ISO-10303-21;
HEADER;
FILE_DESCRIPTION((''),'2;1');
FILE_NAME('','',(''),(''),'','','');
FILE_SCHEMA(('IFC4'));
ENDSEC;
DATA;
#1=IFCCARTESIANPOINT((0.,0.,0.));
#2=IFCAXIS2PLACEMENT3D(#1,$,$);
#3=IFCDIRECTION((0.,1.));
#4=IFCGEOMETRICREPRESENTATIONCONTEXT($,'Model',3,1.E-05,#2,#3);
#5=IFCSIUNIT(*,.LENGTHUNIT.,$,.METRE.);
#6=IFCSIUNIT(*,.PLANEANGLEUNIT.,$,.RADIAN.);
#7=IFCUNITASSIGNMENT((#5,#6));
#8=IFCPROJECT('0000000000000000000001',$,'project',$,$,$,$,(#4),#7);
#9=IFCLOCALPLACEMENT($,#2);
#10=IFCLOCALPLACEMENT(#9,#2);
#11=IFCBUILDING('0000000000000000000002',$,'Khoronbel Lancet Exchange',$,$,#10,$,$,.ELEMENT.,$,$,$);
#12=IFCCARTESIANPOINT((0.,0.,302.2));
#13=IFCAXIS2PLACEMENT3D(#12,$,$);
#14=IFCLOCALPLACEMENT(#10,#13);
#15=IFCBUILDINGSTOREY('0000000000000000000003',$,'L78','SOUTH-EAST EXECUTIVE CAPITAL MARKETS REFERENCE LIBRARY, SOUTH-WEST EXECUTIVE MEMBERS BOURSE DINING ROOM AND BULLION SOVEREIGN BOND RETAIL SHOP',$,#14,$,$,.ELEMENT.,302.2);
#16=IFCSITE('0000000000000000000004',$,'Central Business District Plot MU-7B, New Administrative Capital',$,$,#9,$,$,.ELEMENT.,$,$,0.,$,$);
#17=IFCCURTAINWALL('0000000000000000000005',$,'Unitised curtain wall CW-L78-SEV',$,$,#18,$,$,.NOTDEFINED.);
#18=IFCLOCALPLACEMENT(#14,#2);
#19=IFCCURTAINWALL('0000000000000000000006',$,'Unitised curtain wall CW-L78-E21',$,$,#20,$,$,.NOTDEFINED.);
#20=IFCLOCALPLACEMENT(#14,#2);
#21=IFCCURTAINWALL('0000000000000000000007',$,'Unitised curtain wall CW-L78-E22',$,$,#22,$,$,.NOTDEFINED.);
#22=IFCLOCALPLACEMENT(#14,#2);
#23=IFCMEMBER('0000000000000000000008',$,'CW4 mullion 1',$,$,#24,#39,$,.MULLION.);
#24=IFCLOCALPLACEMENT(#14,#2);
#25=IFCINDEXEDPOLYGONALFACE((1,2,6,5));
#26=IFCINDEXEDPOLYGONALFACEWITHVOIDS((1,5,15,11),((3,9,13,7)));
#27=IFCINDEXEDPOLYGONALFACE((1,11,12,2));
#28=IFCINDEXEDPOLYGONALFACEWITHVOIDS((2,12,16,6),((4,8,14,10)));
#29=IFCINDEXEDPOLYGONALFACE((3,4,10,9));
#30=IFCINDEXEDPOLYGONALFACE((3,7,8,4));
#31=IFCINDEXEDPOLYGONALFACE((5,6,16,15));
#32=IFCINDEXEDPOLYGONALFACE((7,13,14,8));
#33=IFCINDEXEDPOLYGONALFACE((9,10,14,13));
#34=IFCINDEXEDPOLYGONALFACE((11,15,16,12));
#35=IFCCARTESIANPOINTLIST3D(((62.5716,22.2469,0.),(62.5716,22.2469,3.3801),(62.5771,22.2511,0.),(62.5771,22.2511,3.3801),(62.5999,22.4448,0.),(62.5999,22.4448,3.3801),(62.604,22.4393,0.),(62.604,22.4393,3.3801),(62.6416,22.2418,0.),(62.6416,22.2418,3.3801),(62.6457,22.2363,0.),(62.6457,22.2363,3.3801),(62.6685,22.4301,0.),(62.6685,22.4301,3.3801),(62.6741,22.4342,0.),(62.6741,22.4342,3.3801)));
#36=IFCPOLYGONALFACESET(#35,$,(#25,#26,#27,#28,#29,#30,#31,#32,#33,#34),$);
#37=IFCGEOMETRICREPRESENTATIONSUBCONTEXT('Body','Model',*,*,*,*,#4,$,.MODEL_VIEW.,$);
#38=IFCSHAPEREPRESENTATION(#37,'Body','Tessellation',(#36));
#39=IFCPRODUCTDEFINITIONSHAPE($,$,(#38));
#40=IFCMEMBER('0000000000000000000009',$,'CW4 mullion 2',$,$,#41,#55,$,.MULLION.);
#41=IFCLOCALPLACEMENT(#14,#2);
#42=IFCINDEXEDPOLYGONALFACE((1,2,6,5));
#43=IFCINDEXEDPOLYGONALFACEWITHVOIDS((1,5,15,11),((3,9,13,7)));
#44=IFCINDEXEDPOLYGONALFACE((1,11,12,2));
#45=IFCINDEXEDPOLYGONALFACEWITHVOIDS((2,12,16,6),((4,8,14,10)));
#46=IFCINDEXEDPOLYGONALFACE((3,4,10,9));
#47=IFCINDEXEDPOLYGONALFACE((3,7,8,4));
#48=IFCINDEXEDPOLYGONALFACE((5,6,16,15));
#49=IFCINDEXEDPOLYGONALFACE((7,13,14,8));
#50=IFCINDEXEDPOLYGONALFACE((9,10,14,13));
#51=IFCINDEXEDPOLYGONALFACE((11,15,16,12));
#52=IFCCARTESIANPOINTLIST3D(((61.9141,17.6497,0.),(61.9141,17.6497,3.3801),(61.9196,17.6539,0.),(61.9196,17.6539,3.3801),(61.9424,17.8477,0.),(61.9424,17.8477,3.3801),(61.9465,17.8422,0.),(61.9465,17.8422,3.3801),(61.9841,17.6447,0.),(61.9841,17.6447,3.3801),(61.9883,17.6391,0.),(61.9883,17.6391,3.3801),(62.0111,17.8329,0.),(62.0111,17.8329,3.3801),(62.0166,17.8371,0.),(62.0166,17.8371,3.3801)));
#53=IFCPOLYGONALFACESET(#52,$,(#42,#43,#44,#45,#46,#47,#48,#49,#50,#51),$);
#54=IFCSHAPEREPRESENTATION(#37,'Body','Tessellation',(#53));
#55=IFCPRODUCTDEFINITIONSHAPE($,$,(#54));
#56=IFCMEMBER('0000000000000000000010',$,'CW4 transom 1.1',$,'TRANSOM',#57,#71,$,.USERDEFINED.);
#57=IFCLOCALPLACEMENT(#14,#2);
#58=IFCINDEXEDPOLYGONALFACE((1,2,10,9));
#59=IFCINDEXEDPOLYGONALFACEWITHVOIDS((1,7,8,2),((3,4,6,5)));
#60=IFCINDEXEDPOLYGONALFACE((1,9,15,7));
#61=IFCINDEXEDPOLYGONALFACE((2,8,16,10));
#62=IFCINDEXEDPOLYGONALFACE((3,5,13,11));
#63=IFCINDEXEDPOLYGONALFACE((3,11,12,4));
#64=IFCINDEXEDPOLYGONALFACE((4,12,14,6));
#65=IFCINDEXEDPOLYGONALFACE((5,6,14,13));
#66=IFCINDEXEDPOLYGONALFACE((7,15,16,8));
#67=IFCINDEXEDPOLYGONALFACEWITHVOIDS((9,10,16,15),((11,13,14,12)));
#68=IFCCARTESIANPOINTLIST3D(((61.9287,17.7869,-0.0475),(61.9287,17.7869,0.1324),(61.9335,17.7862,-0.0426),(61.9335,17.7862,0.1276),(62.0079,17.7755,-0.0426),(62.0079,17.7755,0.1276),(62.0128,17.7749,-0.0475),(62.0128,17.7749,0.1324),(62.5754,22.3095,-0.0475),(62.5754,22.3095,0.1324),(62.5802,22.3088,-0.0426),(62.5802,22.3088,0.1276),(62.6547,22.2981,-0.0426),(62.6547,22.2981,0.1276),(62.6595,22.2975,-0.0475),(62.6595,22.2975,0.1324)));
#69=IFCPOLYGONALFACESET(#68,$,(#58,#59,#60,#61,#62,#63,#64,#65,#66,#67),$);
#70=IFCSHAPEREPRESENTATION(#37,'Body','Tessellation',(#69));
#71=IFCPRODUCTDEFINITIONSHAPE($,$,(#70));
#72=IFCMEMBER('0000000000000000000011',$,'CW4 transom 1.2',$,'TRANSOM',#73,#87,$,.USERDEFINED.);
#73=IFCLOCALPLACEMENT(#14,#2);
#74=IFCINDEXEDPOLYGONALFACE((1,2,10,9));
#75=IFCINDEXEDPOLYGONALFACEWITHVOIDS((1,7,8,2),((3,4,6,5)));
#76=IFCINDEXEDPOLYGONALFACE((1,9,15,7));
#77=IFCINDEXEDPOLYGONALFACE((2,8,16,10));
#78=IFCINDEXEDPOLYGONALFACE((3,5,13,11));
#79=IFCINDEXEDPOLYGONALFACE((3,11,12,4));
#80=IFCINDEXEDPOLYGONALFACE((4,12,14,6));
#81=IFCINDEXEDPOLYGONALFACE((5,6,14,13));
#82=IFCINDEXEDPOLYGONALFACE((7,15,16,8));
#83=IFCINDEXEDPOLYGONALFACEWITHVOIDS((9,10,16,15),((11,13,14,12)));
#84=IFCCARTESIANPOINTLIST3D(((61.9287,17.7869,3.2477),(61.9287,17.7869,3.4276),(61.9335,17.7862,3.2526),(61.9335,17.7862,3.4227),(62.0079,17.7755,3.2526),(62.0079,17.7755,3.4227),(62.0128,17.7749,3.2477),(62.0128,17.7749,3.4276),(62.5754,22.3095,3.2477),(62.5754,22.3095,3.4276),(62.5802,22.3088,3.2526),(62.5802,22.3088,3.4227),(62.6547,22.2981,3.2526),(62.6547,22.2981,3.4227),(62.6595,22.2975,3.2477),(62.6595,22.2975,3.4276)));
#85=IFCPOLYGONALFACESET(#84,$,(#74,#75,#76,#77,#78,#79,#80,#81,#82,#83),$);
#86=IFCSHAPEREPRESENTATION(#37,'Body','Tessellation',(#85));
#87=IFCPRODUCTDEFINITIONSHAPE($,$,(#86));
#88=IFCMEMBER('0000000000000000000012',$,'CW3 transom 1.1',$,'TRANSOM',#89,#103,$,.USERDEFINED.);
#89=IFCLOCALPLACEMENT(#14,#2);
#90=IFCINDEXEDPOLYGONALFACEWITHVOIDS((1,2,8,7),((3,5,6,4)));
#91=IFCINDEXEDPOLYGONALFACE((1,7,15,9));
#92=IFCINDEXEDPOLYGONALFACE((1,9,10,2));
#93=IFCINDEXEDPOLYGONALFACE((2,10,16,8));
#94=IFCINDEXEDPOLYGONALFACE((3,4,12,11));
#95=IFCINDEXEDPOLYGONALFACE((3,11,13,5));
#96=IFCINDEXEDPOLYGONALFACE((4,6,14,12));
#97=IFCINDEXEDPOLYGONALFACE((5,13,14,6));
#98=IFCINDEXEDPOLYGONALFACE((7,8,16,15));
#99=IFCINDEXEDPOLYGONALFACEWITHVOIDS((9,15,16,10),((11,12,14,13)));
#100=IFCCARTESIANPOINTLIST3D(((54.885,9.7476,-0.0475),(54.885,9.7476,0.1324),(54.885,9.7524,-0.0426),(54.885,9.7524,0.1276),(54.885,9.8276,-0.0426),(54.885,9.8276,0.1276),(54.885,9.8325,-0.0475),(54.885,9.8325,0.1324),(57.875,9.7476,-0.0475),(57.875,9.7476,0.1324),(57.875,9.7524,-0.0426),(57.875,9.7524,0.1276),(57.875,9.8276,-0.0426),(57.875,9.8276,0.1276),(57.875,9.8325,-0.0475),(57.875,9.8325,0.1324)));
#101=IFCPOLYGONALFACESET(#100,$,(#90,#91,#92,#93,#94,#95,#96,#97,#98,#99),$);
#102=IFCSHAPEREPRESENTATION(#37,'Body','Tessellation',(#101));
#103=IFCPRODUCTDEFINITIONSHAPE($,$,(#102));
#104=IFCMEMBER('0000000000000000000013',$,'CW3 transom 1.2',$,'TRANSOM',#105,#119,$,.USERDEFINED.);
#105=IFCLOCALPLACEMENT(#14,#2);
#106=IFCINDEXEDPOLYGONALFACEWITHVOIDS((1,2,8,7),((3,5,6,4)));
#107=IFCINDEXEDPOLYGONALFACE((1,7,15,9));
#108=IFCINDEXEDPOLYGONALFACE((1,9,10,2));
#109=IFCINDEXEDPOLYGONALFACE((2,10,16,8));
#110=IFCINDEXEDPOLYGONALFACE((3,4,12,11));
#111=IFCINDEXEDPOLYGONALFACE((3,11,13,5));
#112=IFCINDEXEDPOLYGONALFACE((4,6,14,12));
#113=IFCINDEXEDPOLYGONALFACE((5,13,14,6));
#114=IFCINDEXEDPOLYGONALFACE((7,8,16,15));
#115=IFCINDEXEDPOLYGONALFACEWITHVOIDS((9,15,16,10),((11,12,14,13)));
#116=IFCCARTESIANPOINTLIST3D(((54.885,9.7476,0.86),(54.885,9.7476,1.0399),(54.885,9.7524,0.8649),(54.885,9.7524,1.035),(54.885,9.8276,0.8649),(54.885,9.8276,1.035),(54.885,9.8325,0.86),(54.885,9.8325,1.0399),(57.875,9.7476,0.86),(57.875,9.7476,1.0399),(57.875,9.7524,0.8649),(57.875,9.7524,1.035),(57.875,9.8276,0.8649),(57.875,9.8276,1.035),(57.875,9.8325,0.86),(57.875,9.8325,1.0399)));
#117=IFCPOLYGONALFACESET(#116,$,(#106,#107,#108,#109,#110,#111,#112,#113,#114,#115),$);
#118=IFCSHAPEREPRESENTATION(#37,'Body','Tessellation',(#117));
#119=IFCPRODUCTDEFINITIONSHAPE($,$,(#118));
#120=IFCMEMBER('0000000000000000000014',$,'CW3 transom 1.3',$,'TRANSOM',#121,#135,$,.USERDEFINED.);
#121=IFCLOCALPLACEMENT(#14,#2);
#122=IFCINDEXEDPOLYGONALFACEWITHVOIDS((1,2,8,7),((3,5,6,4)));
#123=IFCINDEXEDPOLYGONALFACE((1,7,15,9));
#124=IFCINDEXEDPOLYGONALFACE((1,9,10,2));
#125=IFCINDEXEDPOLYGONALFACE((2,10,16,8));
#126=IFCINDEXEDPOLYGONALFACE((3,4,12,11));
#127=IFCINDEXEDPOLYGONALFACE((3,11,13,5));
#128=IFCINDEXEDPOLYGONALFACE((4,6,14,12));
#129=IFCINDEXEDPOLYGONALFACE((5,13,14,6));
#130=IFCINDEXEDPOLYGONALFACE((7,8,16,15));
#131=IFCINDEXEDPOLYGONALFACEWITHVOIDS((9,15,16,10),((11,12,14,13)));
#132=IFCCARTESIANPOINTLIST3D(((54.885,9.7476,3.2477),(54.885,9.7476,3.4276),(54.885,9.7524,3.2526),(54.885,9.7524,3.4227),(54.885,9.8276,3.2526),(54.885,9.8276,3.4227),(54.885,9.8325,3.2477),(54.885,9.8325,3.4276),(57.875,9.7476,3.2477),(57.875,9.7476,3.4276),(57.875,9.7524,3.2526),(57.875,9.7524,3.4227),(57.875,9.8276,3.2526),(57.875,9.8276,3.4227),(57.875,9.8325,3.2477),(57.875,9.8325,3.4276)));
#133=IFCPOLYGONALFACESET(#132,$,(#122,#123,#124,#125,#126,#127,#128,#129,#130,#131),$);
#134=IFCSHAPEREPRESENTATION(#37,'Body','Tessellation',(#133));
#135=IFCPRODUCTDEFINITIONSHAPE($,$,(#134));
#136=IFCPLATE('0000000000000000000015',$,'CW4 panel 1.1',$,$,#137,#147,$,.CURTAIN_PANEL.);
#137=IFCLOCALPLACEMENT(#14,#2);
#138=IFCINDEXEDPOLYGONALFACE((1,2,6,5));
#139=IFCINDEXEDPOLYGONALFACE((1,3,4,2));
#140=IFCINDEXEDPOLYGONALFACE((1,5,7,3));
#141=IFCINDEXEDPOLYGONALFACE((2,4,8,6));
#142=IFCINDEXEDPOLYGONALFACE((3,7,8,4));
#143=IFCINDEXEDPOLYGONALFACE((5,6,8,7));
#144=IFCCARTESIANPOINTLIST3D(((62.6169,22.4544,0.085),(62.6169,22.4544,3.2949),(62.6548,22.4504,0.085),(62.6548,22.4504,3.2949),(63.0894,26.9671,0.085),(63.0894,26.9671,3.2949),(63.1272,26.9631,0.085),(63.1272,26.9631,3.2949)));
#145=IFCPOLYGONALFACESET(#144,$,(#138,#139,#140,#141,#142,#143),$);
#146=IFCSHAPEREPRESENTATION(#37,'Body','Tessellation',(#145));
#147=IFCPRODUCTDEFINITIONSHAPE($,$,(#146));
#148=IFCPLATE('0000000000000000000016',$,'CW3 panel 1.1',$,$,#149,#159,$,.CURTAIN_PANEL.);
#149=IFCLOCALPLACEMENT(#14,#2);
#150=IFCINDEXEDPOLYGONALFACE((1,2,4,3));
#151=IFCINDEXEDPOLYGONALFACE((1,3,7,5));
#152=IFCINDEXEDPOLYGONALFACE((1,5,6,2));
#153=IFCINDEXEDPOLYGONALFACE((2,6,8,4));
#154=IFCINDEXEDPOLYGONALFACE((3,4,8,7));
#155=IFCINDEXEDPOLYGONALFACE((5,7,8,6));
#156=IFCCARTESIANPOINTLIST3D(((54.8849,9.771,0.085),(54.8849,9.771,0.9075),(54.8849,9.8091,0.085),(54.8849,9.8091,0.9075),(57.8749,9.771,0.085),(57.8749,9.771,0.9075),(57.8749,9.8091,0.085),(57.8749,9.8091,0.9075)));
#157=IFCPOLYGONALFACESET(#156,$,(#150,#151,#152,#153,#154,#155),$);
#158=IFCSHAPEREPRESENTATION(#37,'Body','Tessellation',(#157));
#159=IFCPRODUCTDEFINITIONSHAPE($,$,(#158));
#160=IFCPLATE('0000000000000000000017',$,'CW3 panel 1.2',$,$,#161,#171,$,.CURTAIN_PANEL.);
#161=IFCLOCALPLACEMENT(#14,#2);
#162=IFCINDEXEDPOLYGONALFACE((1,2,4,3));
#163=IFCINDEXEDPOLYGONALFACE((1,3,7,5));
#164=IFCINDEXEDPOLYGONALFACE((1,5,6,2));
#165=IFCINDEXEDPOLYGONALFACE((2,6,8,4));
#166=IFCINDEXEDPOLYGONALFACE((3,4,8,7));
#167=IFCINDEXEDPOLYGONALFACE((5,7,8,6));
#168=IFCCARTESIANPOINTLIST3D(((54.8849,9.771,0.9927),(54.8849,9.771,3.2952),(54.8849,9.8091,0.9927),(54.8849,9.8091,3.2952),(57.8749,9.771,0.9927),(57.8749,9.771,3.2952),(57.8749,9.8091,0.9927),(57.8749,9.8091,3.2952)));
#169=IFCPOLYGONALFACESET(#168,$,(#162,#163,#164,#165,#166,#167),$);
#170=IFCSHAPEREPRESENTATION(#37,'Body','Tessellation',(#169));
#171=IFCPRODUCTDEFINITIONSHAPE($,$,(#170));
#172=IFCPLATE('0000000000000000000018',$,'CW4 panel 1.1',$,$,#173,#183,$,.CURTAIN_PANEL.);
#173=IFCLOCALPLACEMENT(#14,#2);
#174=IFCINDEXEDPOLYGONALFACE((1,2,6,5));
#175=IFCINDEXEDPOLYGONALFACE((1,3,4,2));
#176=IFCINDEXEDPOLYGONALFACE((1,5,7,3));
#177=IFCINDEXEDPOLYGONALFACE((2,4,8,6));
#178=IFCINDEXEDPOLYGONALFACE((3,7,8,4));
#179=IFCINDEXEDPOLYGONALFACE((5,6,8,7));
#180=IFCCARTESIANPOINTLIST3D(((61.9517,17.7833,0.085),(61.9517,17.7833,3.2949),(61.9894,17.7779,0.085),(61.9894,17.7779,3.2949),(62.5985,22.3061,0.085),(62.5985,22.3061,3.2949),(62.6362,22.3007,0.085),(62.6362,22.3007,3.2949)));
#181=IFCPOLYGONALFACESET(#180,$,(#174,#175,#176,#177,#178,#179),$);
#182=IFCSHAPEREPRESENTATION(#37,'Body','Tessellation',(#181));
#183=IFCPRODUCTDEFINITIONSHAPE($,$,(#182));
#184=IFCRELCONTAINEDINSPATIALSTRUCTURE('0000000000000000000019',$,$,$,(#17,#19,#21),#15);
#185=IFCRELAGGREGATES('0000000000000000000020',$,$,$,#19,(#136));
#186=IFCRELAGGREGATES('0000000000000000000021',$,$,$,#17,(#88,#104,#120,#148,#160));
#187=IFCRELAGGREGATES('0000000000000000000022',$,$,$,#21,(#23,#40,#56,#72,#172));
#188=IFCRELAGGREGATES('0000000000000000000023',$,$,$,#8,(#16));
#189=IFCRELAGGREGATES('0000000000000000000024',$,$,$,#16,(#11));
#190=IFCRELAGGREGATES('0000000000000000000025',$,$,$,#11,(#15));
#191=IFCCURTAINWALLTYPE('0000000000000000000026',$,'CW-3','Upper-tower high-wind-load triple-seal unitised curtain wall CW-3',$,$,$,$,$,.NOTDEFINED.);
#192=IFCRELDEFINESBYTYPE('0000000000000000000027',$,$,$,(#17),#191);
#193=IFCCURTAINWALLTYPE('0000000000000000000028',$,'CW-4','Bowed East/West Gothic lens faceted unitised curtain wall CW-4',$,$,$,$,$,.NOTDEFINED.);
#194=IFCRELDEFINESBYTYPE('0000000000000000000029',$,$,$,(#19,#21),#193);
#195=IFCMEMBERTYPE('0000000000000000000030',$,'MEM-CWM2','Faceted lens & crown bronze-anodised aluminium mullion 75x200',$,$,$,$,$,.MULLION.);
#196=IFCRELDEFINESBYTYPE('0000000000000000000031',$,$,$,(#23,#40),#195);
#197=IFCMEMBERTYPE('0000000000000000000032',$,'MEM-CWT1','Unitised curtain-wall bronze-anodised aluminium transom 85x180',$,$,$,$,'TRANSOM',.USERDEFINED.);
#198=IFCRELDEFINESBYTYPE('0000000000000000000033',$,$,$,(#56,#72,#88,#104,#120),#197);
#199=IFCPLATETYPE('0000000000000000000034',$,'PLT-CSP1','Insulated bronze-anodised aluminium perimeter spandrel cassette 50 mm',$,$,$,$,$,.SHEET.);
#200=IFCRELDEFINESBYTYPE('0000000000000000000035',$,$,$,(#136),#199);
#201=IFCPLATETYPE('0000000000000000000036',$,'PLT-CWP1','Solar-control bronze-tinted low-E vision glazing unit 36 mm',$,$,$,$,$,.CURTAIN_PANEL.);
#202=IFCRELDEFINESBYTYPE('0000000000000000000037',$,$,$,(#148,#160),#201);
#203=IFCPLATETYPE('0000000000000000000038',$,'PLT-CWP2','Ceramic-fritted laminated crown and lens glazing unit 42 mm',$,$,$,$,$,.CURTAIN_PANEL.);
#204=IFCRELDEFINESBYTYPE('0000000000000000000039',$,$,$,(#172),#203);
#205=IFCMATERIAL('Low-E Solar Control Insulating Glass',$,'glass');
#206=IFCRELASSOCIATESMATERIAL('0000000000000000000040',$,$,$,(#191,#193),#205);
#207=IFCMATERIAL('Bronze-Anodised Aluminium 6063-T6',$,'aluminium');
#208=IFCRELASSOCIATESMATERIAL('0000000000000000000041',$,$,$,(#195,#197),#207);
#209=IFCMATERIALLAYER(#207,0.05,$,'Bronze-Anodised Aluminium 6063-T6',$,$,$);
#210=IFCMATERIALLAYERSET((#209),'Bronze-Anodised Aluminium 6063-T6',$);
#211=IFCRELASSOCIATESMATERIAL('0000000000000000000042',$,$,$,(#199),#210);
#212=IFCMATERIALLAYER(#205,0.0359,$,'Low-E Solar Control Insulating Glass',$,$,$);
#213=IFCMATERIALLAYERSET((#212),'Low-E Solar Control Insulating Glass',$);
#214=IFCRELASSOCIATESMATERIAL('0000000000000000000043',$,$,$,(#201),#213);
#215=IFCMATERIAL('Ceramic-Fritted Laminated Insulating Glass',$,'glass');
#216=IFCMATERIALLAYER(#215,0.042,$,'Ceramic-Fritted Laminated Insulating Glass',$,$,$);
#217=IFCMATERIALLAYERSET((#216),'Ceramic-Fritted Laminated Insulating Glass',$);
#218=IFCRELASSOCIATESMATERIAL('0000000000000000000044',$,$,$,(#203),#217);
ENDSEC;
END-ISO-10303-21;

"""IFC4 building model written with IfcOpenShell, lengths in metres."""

from ifc_helpers import new_model, si_unit, direction, frame, origin, origin_2d, place, context, subcontext, project, spatial, rectangle, hollow_rectangle, extrude, material, layer, layer_set, material_profile, profile_set, type_object, element, aggregate, save


model = new_model("IFC4")

# Units and contexts
model_context = context("Model", 3, precision=1e-05, world=origin(), true_north=direction((0.0, 1.0)))
body_context = subcontext(model_context, "Body", "Model", "MODEL_VIEW")
ifc_project = project(units=[si_unit("LENGTHUNIT", "METRE"), si_unit("PLANEANGLEUNIT", "RADIAN")], contexts=[model_context])

# Site, building, storey
site_placement = place(None, origin())
site = spatial("IfcSite", under=ifc_project, at=site_placement, Name="Central Business District Plot MU-7B, New Administrative Capital", CompositionType="ELEMENT", RefElevation=0.0)
building_placement = place(site_placement, origin())
building = spatial("IfcBuilding", under=site, at=building_placement, Name="Khoronbel Lancet Exchange", CompositionType="ELEMENT")
storey_placement = place(building_placement, frame((0.0, 0.0, 302.2)))
storey = spatial("IfcBuildingStorey", under=building, at=storey_placement, Name="L78", Description="SOUTH-EAST EXECUTIVE CAPITAL MARKETS REFERENCE LIBRARY, SOUTH-WEST EXECUTIVE MEMBERS BOURSE DINING ROOM AND BULLION SOVEREIGN BOND RETAIL SHOP", CompositionType="ELEMENT", Elevation=302.2)

# Shared definitions
ifc_material_1 = material(Name="Low-E Solar Control Insulating Glass", Category="glass")
curtain_wall_type_1 = type_object("IfcCurtainWallType", Name="CW-3", Description="Upper-tower high-wind-load triple-seal unitised curtain wall CW-3", PredefinedType="NOTDEFINED", material=ifc_material_1)
ifc_material_2 = material(Name="Bronze-Anodised Aluminium 6063-T6", Category="aluminium")

# Curtain wall
curtain_wall_1_placement = place(storey_placement, origin())
curtain_wall_1 = element("IfcCurtainWall", 1, at=curtain_wall_1_placement, inside=storey, type_object=curtain_wall_type_1, Name="Unitised curtain wall CW-L78-SEV", PredefinedType="NOTDEFINED")

# Curtain wall
curtain_wall_type_2 = type_object("IfcCurtainWallType", Name="CW-4", Description="Bowed East/West Gothic lens faceted unitised curtain wall CW-4", PredefinedType="NOTDEFINED", material=ifc_material_1)
curtain_wall_2_placement = place(storey_placement, origin())
curtain_wall_2 = element("IfcCurtainWall", 2, at=curtain_wall_2_placement, inside=storey, type_object=curtain_wall_type_2, Name="Unitised curtain wall CW-L78-E21", PredefinedType="NOTDEFINED")
ifc_material_profile_1 = material_profile(ifc_material_2, hollow_rectangle(XDim=0.075, YDim=0.2, WallThickness=0.0049, at=origin_2d()), Name="ALU MULLION 75x200")
ifc_profile_set_1 = profile_set([ifc_material_profile_1], Name="Bronze-Anodised Aluminium 6063-T6")
member_type_1 = type_object("IfcMemberType", Name="MEM-CWM2", Description="Faceted lens & crown bronze-anodised aluminium mullion 75x200", PredefinedType="MULLION", material=ifc_profile_set_1)

# Curtain wall, members
curtain_wall_3_placement = place(storey_placement, origin())
curtain_wall_3 = element("IfcCurtainWall", 3, at=curtain_wall_3_placement, inside=storey, type_object=curtain_wall_type_2, Name="Unitised curtain wall CW-L78-E22", PredefinedType="NOTDEFINED")
member_1_placement = place(storey_placement, frame((62.6228, 22.3406, 0.0), z_axis=(0.0, 0.0, 1.0), x_axis=(0.98993, -0.141558, 0.0)))
member_1 = element("IfcMember", 4, at=member_1_placement, type_object=member_type_1, Name="CW4 mullion 1", PredefinedType="MULLION", context=body_context, shape_type="SweptSolid", body=[
    extrude(hollow_rectangle(XDim=0.075, YDim=0.2, WallThickness=0.0049, at=origin_2d()), origin(), (0.0, 0.0, 1.0), 3.3801),
])
member_2_placement = place(storey_placement, frame((61.9653, 17.7434, 0.0), z_axis=(0.0, 0.0, 1.0), x_axis=(0.98993, -0.141558, 0.0)))
member_2 = element("IfcMember", 5, at=member_2_placement, type_object=member_type_1, Name="CW4 mullion 2", PredefinedType="MULLION", context=body_context, shape_type="SweptSolid", body=[
    extrude(hollow_rectangle(XDim=0.075, YDim=0.2, WallThickness=0.0049, at=origin_2d()), origin(), (0.0, 0.0, 1.0), 3.3801),
])
ifc_material_profile_2 = material_profile(ifc_material_2, hollow_rectangle(XDim=0.085, YDim=0.1799, WallThickness=0.0049, at=origin_2d()), Name="ALU TRANSOM 85x180")
ifc_profile_set_2 = profile_set([ifc_material_profile_2], Name="Bronze-Anodised Aluminium 6063-T6")
member_type_2 = type_object("IfcMemberType", Name="MEM-CWT1", Description="Unitised curtain-wall bronze-anodised aluminium transom 85x180", ElementType="TRANSOM", PredefinedType="USERDEFINED", material=ifc_profile_set_2)
member_3_placement = place(storey_placement, frame((62.6174, 22.3035, 0.0425), z_axis=(-0.141556, -0.98993, 0.0), x_axis=(0.98993, -0.141556, 0.0)))
member_3 = element("IfcMember", 6, at=member_3_placement, type_object=member_type_2, Name="CW4 transom 1.1", ObjectType="TRANSOM", PredefinedType="USERDEFINED", context=body_context, shape_type="SweptSolid", body=[
    extrude(hollow_rectangle(XDim=0.085, YDim=0.1799, WallThickness=0.0049, at=origin_2d()), origin(), (0.0, 0.0, 1.0), 4.5686),
])
member_4_placement = place(storey_placement, frame((62.6174, 22.3035, 3.3376), z_axis=(-0.141556, -0.98993, 0.0), x_axis=(0.98993, -0.141556, 0.0)))
member_4 = element("IfcMember", 7, at=member_4_placement, type_object=member_type_2, Name="CW4 transom 1.2", ObjectType="TRANSOM", PredefinedType="USERDEFINED", context=body_context, shape_type="SweptSolid", body=[
    extrude(hollow_rectangle(XDim=0.085, YDim=0.1799, WallThickness=0.0049, at=origin_2d()), origin(), (0.0, 0.0, 1.0), 4.5686),
])

# Members
member_5_placement = place(storey_placement, frame((54.885, 9.79, 0.0425), z_axis=(1.0, 0.0, 0.0), x_axis=(0.0, 1.0, 0.0)))
member_5 = element("IfcMember", 8, at=member_5_placement, type_object=member_type_2, Name="CW3 transom 1.1", ObjectType="TRANSOM", PredefinedType="USERDEFINED", context=body_context, shape_type="SweptSolid", body=[
    extrude(hollow_rectangle(XDim=0.085, YDim=0.1799, WallThickness=0.0049, at=origin_2d()), origin(), (0.0, 0.0, 1.0), 2.99),
])
member_6_placement = place(storey_placement, frame((54.885, 9.79, 0.95), z_axis=(1.0, 0.0, 0.0), x_axis=(0.0, 1.0, 0.0)))
member_6 = element("IfcMember", 9, at=member_6_placement, type_object=member_type_2, Name="CW3 transom 1.2", ObjectType="TRANSOM", PredefinedType="USERDEFINED", context=body_context, shape_type="SweptSolid", body=[
    extrude(hollow_rectangle(XDim=0.085, YDim=0.1799, WallThickness=0.0049, at=origin_2d()), origin(), (0.0, 0.0, 1.0), 2.99),
])
member_7_placement = place(storey_placement, frame((54.885, 9.79, 3.3376), z_axis=(1.0, 0.0, 0.0), x_axis=(0.0, 1.0, 0.0)))
member_7 = element("IfcMember", 10, at=member_7_placement, type_object=member_type_2, Name="CW3 transom 1.3", ObjectType="TRANSOM", PredefinedType="USERDEFINED", context=body_context, shape_type="SweptSolid", body=[
    extrude(hollow_rectangle(XDim=0.085, YDim=0.1799, WallThickness=0.0049, at=origin_2d()), origin(), (0.0, 0.0, 1.0), 2.99),
])

# Plates
ifc_layer_1 = layer(ifc_material_2, 0.05, Name="Bronze-Anodised Aluminium 6063-T6")
ifc_layer_set_1 = layer_set([ifc_layer_1], Name="Bronze-Anodised Aluminium 6063-T6")
plate_type_1 = type_object("IfcPlateType", Name="PLT-CSP1", Description="Insulated bronze-anodised aluminium perimeter spandrel cassette 50 mm", PredefinedType="SHEET", material=ifc_layer_set_1)
plate_1_placement = place(storey_placement, frame((62.8721, 24.7087, 0.085), z_axis=(0.0, 0.0, 1.0), x_axis=(-0.104131, -0.994564, 0.0)))
plate_1 = element("IfcPlate", 11, at=plate_1_placement, type_object=plate_type_1, Name="CW4 panel 1.1", PredefinedType="CURTAIN_PANEL", context=body_context, shape_type="SweptSolid", body=[
    extrude(rectangle(XDim=4.5374, YDim=0.0381, at=origin_2d()), origin(), (0.0, 0.0, 1.0), 3.21),
])
aggregate(curtain_wall_2, [plate_1])
ifc_layer_2 = layer(ifc_material_1, 0.0359, Name="Low-E Solar Control Insulating Glass")
ifc_layer_set_2 = layer_set([ifc_layer_2], Name="Low-E Solar Control Insulating Glass")
plate_type_2 = type_object("IfcPlateType", Name="PLT-CWP1", Description="Solar-control bronze-tinted low-E vision glazing unit 36 mm", PredefinedType="CURTAIN_PANEL", material=ifc_layer_set_2)
plate_2_placement = place(storey_placement, frame((56.3799, 9.79, 0.085), z_axis=(0.0, 0.0, 1.0), x_axis=(1.0, 0.0, 0.0)))
plate_2 = element("IfcPlate", 12, at=plate_2_placement, type_object=plate_type_2, Name="CW3 panel 1.1", PredefinedType="CURTAIN_PANEL", context=body_context, shape_type="SweptSolid", body=[
    extrude(rectangle(XDim=2.99, YDim=0.0381, at=origin_2d()), origin(), (0.0, 0.0, 1.0), 0.8225),
])
plate_3_placement = place(storey_placement, frame((56.3799, 9.79, 0.9927), z_axis=(0.0, 0.0, 1.0), x_axis=(1.0, 0.0, 0.0)))
plate_3 = element("IfcPlate", 13, at=plate_3_placement, type_object=plate_type_2, Name="CW3 panel 1.2", PredefinedType="CURTAIN_PANEL", context=body_context, shape_type="SweptSolid", body=[
    extrude(rectangle(XDim=2.99, YDim=0.0381, at=origin_2d()), origin(), (0.0, 0.0, 1.0), 2.3025),
])
aggregate(curtain_wall_1, [member_5, member_6, member_7, plate_2, plate_3])
ifc_material_3 = material(Name="Ceramic-Fritted Laminated Insulating Glass", Category="glass")
ifc_layer_3 = layer(ifc_material_3, 0.042, Name="Ceramic-Fritted Laminated Insulating Glass")
ifc_layer_set_3 = layer_set([ifc_layer_3], Name="Ceramic-Fritted Laminated Insulating Glass")
plate_type_3 = type_object("IfcPlateType", Name="PLT-CWP2", Description="Ceramic-fritted laminated crown and lens glazing unit 42 mm", PredefinedType="CURTAIN_PANEL", material=ifc_layer_set_3)
plate_4_placement = place(storey_placement, frame((62.2939, 20.042, 0.085), z_axis=(0.0, 0.0, 1.0), x_axis=(-0.141558, -0.98993, 0.0)))
plate_4 = element("IfcPlate", 14, at=plate_4_placement, type_object=plate_type_3, Name="CW4 panel 1.1", PredefinedType="CURTAIN_PANEL", context=body_context, shape_type="SweptSolid", body=[
    extrude(rectangle(XDim=4.5688, YDim=0.0381, at=origin_2d()), origin(), (0.0, 0.0, 1.0), 3.21),
])
aggregate(curtain_wall_3, [member_1, member_2, member_3, member_4, plate_4])

save(model, "model.ifc")
